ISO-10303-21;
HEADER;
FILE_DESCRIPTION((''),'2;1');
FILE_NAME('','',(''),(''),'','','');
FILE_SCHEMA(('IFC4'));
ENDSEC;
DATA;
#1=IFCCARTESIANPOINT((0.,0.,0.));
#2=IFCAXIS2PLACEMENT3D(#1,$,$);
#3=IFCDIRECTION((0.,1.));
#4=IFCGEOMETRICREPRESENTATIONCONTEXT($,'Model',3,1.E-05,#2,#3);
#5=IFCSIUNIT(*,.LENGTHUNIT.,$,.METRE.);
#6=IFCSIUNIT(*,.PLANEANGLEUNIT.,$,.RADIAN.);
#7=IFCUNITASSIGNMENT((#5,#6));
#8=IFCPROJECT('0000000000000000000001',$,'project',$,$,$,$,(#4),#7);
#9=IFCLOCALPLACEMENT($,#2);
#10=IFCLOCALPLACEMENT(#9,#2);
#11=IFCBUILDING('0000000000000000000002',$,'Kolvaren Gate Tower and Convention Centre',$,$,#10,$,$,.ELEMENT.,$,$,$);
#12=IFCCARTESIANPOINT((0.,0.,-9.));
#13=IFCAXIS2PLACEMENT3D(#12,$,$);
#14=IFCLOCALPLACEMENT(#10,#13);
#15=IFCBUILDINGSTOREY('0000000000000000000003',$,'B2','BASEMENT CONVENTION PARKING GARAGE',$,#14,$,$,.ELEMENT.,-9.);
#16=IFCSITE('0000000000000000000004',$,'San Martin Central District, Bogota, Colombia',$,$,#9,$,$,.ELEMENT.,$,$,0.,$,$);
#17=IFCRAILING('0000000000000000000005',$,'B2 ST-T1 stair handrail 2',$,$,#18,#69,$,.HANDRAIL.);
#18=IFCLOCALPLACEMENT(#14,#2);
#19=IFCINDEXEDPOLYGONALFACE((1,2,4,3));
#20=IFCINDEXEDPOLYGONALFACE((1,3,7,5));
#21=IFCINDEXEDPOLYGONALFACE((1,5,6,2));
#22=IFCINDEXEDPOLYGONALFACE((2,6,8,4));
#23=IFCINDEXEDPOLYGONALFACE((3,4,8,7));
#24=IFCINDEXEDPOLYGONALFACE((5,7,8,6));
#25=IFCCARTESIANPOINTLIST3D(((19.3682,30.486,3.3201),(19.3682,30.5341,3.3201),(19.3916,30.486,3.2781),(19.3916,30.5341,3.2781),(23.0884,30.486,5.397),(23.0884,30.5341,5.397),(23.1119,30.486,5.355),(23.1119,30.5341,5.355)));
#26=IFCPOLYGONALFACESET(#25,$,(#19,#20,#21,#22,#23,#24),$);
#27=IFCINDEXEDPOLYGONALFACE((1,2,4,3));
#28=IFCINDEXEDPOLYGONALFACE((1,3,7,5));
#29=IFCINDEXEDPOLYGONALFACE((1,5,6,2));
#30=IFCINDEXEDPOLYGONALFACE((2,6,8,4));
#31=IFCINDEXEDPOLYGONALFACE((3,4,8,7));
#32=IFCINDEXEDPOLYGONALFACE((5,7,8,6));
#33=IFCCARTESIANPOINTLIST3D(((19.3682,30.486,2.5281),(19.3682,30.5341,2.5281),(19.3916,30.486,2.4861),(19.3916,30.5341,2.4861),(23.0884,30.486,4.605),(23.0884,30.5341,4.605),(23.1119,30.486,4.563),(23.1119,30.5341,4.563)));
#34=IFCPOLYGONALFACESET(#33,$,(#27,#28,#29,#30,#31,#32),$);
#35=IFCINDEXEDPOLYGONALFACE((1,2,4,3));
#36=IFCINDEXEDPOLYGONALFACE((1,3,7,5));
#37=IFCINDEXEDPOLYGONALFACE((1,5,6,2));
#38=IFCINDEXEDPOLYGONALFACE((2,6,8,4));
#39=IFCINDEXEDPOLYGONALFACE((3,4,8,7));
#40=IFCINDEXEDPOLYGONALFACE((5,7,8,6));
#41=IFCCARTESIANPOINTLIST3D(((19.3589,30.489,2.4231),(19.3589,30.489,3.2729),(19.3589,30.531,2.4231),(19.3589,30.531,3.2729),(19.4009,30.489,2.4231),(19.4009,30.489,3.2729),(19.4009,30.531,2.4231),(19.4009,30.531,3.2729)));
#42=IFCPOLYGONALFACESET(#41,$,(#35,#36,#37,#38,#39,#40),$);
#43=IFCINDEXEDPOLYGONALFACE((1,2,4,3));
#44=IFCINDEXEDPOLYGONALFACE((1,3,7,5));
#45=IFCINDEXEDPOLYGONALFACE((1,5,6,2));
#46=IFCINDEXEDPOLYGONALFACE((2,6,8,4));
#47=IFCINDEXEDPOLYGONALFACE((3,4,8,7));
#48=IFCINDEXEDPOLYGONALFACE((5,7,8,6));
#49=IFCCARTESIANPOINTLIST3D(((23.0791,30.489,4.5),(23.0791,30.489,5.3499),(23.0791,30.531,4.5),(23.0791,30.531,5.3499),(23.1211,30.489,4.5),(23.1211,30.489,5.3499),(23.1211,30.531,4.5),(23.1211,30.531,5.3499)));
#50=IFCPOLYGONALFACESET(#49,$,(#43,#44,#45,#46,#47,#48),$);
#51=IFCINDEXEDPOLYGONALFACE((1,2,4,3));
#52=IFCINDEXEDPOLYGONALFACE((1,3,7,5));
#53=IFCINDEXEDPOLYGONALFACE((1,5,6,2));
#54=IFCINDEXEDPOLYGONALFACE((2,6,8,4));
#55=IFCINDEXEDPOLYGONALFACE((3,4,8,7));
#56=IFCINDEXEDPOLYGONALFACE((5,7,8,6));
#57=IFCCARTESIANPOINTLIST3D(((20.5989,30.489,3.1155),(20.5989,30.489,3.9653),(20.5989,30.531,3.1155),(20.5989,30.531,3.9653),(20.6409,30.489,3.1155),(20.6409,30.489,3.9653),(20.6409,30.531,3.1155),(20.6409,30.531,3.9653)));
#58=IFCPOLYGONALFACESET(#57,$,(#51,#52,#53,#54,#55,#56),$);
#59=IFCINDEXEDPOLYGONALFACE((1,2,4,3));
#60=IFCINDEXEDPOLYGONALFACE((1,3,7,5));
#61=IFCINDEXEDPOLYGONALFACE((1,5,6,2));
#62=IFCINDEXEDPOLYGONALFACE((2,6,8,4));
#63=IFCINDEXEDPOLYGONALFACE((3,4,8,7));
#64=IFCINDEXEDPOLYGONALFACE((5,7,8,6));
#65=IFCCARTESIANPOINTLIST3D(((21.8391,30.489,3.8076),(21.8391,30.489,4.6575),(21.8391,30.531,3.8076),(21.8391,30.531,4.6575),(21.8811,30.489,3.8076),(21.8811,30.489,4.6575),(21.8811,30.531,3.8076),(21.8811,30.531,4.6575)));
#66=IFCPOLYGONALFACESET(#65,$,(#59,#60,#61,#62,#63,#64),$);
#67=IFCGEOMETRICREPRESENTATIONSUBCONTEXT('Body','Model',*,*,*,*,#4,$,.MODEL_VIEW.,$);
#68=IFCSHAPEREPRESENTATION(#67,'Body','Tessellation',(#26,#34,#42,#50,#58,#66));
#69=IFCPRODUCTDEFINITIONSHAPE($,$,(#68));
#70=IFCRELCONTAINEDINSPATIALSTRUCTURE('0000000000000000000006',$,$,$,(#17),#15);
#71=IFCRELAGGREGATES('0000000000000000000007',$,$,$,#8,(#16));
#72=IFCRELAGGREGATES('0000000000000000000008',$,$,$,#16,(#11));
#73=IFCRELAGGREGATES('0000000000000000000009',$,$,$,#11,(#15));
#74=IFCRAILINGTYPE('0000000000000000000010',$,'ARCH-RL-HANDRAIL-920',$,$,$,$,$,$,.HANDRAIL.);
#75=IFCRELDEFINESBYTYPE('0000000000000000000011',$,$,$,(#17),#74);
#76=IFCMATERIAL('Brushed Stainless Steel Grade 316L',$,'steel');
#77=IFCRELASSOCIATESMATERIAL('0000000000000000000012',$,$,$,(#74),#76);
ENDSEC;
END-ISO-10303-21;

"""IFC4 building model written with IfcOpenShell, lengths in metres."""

from ifc_helpers import new_model, si_unit, direction, frame, origin, origin_2d, place, context, subcontext, project, spatial, rectangle, extrude, material, type_object, element, save


model = new_model("IFC4")

# Units and contexts
model_context = context("Model", 3, precision=1e-05, world=origin(), true_north=direction((0.0, 1.0)))
body_context = subcontext(model_context, "Body", "Model", "MODEL_VIEW")
ifc_project = project(units=[si_unit("LENGTHUNIT", "METRE"), si_unit("PLANEANGLEUNIT", "RADIAN")], contexts=[model_context])

# Site, building, storey
site_placement = place(None, origin())
site = spatial("IfcSite", under=ifc_project, at=site_placement, Name="San Martin Central District, Bogota, Colombia", CompositionType="ELEMENT", RefElevation=0.0)
building_placement = place(site_placement, origin())
building = spatial("IfcBuilding", under=site, at=building_placement, Name="Kolvaren Gate Tower and Convention Centre", CompositionType="ELEMENT")
storey_placement = place(building_placement, frame((0.0, 0.0, -9.0)))
storey = spatial("IfcBuildingStorey", under=building, at=storey_placement, Name="B2", Description="BASEMENT CONVENTION PARKING GARAGE", CompositionType="ELEMENT", Elevation=-9.0)

# Railing
ifc_material_1 = material(Name="Brushed Stainless Steel Grade 316L", Category="steel")
railing_type_1 = type_object("IfcRailingType", Name="ARCH-RL-HANDRAIL-920", PredefinedType="HANDRAIL", material=ifc_material_1)
railing_1_placement = place(storey_placement, frame((19.3799, 30.51, 2.4231)))
element("IfcRailing", 1, at=railing_1_placement, inside=storey, type_object=railing_type_1, Name="B2 ST-T1 stair handrail 2", PredefinedType="HANDRAIL", context=body_context, shape_type="SweptSolid", body=[
    extrude(rectangle(XDim=0.0481, YDim=0.0481, at=origin_2d()), frame((0.0, 0.0, 0.876), z_axis=(0.873147, 0.0, 0.487457), x_axis=(0.0, 1.0, 0.0)), (0.0, 0.0, 1.0), 4.2607),
    extrude(rectangle(XDim=0.0481, YDim=0.0481, at=origin_2d()), frame((0.0, 0.0, 0.084), z_axis=(0.873147, 0.0, 0.487457), x_axis=(0.0, 1.0, 0.0)), (0.0, 0.0, 1.0), 4.2607),
    extrude(rectangle(XDim=0.042, YDim=0.042, at=origin_2d()), origin(), (0.0, 0.0, 1.0), 0.8499),
    extrude(rectangle(XDim=0.042, YDim=0.042, at=origin_2d()), frame((3.7202, 0.0, 2.0769)), (0.0, 0.0, 1.0), 0.8499),
    extrude(rectangle(XDim=0.042, YDim=0.042, at=origin_2d()), frame((1.24, 0.0, 0.6924)), (0.0, 0.0, 1.0), 0.8499),
    extrude(rectangle(XDim=0.042, YDim=0.042, at=origin_2d()), frame((2.4802, 0.0, 1.3845)), (0.0, 0.0, 1.0), 0.8499),
])

save(model, "model.ifc")
